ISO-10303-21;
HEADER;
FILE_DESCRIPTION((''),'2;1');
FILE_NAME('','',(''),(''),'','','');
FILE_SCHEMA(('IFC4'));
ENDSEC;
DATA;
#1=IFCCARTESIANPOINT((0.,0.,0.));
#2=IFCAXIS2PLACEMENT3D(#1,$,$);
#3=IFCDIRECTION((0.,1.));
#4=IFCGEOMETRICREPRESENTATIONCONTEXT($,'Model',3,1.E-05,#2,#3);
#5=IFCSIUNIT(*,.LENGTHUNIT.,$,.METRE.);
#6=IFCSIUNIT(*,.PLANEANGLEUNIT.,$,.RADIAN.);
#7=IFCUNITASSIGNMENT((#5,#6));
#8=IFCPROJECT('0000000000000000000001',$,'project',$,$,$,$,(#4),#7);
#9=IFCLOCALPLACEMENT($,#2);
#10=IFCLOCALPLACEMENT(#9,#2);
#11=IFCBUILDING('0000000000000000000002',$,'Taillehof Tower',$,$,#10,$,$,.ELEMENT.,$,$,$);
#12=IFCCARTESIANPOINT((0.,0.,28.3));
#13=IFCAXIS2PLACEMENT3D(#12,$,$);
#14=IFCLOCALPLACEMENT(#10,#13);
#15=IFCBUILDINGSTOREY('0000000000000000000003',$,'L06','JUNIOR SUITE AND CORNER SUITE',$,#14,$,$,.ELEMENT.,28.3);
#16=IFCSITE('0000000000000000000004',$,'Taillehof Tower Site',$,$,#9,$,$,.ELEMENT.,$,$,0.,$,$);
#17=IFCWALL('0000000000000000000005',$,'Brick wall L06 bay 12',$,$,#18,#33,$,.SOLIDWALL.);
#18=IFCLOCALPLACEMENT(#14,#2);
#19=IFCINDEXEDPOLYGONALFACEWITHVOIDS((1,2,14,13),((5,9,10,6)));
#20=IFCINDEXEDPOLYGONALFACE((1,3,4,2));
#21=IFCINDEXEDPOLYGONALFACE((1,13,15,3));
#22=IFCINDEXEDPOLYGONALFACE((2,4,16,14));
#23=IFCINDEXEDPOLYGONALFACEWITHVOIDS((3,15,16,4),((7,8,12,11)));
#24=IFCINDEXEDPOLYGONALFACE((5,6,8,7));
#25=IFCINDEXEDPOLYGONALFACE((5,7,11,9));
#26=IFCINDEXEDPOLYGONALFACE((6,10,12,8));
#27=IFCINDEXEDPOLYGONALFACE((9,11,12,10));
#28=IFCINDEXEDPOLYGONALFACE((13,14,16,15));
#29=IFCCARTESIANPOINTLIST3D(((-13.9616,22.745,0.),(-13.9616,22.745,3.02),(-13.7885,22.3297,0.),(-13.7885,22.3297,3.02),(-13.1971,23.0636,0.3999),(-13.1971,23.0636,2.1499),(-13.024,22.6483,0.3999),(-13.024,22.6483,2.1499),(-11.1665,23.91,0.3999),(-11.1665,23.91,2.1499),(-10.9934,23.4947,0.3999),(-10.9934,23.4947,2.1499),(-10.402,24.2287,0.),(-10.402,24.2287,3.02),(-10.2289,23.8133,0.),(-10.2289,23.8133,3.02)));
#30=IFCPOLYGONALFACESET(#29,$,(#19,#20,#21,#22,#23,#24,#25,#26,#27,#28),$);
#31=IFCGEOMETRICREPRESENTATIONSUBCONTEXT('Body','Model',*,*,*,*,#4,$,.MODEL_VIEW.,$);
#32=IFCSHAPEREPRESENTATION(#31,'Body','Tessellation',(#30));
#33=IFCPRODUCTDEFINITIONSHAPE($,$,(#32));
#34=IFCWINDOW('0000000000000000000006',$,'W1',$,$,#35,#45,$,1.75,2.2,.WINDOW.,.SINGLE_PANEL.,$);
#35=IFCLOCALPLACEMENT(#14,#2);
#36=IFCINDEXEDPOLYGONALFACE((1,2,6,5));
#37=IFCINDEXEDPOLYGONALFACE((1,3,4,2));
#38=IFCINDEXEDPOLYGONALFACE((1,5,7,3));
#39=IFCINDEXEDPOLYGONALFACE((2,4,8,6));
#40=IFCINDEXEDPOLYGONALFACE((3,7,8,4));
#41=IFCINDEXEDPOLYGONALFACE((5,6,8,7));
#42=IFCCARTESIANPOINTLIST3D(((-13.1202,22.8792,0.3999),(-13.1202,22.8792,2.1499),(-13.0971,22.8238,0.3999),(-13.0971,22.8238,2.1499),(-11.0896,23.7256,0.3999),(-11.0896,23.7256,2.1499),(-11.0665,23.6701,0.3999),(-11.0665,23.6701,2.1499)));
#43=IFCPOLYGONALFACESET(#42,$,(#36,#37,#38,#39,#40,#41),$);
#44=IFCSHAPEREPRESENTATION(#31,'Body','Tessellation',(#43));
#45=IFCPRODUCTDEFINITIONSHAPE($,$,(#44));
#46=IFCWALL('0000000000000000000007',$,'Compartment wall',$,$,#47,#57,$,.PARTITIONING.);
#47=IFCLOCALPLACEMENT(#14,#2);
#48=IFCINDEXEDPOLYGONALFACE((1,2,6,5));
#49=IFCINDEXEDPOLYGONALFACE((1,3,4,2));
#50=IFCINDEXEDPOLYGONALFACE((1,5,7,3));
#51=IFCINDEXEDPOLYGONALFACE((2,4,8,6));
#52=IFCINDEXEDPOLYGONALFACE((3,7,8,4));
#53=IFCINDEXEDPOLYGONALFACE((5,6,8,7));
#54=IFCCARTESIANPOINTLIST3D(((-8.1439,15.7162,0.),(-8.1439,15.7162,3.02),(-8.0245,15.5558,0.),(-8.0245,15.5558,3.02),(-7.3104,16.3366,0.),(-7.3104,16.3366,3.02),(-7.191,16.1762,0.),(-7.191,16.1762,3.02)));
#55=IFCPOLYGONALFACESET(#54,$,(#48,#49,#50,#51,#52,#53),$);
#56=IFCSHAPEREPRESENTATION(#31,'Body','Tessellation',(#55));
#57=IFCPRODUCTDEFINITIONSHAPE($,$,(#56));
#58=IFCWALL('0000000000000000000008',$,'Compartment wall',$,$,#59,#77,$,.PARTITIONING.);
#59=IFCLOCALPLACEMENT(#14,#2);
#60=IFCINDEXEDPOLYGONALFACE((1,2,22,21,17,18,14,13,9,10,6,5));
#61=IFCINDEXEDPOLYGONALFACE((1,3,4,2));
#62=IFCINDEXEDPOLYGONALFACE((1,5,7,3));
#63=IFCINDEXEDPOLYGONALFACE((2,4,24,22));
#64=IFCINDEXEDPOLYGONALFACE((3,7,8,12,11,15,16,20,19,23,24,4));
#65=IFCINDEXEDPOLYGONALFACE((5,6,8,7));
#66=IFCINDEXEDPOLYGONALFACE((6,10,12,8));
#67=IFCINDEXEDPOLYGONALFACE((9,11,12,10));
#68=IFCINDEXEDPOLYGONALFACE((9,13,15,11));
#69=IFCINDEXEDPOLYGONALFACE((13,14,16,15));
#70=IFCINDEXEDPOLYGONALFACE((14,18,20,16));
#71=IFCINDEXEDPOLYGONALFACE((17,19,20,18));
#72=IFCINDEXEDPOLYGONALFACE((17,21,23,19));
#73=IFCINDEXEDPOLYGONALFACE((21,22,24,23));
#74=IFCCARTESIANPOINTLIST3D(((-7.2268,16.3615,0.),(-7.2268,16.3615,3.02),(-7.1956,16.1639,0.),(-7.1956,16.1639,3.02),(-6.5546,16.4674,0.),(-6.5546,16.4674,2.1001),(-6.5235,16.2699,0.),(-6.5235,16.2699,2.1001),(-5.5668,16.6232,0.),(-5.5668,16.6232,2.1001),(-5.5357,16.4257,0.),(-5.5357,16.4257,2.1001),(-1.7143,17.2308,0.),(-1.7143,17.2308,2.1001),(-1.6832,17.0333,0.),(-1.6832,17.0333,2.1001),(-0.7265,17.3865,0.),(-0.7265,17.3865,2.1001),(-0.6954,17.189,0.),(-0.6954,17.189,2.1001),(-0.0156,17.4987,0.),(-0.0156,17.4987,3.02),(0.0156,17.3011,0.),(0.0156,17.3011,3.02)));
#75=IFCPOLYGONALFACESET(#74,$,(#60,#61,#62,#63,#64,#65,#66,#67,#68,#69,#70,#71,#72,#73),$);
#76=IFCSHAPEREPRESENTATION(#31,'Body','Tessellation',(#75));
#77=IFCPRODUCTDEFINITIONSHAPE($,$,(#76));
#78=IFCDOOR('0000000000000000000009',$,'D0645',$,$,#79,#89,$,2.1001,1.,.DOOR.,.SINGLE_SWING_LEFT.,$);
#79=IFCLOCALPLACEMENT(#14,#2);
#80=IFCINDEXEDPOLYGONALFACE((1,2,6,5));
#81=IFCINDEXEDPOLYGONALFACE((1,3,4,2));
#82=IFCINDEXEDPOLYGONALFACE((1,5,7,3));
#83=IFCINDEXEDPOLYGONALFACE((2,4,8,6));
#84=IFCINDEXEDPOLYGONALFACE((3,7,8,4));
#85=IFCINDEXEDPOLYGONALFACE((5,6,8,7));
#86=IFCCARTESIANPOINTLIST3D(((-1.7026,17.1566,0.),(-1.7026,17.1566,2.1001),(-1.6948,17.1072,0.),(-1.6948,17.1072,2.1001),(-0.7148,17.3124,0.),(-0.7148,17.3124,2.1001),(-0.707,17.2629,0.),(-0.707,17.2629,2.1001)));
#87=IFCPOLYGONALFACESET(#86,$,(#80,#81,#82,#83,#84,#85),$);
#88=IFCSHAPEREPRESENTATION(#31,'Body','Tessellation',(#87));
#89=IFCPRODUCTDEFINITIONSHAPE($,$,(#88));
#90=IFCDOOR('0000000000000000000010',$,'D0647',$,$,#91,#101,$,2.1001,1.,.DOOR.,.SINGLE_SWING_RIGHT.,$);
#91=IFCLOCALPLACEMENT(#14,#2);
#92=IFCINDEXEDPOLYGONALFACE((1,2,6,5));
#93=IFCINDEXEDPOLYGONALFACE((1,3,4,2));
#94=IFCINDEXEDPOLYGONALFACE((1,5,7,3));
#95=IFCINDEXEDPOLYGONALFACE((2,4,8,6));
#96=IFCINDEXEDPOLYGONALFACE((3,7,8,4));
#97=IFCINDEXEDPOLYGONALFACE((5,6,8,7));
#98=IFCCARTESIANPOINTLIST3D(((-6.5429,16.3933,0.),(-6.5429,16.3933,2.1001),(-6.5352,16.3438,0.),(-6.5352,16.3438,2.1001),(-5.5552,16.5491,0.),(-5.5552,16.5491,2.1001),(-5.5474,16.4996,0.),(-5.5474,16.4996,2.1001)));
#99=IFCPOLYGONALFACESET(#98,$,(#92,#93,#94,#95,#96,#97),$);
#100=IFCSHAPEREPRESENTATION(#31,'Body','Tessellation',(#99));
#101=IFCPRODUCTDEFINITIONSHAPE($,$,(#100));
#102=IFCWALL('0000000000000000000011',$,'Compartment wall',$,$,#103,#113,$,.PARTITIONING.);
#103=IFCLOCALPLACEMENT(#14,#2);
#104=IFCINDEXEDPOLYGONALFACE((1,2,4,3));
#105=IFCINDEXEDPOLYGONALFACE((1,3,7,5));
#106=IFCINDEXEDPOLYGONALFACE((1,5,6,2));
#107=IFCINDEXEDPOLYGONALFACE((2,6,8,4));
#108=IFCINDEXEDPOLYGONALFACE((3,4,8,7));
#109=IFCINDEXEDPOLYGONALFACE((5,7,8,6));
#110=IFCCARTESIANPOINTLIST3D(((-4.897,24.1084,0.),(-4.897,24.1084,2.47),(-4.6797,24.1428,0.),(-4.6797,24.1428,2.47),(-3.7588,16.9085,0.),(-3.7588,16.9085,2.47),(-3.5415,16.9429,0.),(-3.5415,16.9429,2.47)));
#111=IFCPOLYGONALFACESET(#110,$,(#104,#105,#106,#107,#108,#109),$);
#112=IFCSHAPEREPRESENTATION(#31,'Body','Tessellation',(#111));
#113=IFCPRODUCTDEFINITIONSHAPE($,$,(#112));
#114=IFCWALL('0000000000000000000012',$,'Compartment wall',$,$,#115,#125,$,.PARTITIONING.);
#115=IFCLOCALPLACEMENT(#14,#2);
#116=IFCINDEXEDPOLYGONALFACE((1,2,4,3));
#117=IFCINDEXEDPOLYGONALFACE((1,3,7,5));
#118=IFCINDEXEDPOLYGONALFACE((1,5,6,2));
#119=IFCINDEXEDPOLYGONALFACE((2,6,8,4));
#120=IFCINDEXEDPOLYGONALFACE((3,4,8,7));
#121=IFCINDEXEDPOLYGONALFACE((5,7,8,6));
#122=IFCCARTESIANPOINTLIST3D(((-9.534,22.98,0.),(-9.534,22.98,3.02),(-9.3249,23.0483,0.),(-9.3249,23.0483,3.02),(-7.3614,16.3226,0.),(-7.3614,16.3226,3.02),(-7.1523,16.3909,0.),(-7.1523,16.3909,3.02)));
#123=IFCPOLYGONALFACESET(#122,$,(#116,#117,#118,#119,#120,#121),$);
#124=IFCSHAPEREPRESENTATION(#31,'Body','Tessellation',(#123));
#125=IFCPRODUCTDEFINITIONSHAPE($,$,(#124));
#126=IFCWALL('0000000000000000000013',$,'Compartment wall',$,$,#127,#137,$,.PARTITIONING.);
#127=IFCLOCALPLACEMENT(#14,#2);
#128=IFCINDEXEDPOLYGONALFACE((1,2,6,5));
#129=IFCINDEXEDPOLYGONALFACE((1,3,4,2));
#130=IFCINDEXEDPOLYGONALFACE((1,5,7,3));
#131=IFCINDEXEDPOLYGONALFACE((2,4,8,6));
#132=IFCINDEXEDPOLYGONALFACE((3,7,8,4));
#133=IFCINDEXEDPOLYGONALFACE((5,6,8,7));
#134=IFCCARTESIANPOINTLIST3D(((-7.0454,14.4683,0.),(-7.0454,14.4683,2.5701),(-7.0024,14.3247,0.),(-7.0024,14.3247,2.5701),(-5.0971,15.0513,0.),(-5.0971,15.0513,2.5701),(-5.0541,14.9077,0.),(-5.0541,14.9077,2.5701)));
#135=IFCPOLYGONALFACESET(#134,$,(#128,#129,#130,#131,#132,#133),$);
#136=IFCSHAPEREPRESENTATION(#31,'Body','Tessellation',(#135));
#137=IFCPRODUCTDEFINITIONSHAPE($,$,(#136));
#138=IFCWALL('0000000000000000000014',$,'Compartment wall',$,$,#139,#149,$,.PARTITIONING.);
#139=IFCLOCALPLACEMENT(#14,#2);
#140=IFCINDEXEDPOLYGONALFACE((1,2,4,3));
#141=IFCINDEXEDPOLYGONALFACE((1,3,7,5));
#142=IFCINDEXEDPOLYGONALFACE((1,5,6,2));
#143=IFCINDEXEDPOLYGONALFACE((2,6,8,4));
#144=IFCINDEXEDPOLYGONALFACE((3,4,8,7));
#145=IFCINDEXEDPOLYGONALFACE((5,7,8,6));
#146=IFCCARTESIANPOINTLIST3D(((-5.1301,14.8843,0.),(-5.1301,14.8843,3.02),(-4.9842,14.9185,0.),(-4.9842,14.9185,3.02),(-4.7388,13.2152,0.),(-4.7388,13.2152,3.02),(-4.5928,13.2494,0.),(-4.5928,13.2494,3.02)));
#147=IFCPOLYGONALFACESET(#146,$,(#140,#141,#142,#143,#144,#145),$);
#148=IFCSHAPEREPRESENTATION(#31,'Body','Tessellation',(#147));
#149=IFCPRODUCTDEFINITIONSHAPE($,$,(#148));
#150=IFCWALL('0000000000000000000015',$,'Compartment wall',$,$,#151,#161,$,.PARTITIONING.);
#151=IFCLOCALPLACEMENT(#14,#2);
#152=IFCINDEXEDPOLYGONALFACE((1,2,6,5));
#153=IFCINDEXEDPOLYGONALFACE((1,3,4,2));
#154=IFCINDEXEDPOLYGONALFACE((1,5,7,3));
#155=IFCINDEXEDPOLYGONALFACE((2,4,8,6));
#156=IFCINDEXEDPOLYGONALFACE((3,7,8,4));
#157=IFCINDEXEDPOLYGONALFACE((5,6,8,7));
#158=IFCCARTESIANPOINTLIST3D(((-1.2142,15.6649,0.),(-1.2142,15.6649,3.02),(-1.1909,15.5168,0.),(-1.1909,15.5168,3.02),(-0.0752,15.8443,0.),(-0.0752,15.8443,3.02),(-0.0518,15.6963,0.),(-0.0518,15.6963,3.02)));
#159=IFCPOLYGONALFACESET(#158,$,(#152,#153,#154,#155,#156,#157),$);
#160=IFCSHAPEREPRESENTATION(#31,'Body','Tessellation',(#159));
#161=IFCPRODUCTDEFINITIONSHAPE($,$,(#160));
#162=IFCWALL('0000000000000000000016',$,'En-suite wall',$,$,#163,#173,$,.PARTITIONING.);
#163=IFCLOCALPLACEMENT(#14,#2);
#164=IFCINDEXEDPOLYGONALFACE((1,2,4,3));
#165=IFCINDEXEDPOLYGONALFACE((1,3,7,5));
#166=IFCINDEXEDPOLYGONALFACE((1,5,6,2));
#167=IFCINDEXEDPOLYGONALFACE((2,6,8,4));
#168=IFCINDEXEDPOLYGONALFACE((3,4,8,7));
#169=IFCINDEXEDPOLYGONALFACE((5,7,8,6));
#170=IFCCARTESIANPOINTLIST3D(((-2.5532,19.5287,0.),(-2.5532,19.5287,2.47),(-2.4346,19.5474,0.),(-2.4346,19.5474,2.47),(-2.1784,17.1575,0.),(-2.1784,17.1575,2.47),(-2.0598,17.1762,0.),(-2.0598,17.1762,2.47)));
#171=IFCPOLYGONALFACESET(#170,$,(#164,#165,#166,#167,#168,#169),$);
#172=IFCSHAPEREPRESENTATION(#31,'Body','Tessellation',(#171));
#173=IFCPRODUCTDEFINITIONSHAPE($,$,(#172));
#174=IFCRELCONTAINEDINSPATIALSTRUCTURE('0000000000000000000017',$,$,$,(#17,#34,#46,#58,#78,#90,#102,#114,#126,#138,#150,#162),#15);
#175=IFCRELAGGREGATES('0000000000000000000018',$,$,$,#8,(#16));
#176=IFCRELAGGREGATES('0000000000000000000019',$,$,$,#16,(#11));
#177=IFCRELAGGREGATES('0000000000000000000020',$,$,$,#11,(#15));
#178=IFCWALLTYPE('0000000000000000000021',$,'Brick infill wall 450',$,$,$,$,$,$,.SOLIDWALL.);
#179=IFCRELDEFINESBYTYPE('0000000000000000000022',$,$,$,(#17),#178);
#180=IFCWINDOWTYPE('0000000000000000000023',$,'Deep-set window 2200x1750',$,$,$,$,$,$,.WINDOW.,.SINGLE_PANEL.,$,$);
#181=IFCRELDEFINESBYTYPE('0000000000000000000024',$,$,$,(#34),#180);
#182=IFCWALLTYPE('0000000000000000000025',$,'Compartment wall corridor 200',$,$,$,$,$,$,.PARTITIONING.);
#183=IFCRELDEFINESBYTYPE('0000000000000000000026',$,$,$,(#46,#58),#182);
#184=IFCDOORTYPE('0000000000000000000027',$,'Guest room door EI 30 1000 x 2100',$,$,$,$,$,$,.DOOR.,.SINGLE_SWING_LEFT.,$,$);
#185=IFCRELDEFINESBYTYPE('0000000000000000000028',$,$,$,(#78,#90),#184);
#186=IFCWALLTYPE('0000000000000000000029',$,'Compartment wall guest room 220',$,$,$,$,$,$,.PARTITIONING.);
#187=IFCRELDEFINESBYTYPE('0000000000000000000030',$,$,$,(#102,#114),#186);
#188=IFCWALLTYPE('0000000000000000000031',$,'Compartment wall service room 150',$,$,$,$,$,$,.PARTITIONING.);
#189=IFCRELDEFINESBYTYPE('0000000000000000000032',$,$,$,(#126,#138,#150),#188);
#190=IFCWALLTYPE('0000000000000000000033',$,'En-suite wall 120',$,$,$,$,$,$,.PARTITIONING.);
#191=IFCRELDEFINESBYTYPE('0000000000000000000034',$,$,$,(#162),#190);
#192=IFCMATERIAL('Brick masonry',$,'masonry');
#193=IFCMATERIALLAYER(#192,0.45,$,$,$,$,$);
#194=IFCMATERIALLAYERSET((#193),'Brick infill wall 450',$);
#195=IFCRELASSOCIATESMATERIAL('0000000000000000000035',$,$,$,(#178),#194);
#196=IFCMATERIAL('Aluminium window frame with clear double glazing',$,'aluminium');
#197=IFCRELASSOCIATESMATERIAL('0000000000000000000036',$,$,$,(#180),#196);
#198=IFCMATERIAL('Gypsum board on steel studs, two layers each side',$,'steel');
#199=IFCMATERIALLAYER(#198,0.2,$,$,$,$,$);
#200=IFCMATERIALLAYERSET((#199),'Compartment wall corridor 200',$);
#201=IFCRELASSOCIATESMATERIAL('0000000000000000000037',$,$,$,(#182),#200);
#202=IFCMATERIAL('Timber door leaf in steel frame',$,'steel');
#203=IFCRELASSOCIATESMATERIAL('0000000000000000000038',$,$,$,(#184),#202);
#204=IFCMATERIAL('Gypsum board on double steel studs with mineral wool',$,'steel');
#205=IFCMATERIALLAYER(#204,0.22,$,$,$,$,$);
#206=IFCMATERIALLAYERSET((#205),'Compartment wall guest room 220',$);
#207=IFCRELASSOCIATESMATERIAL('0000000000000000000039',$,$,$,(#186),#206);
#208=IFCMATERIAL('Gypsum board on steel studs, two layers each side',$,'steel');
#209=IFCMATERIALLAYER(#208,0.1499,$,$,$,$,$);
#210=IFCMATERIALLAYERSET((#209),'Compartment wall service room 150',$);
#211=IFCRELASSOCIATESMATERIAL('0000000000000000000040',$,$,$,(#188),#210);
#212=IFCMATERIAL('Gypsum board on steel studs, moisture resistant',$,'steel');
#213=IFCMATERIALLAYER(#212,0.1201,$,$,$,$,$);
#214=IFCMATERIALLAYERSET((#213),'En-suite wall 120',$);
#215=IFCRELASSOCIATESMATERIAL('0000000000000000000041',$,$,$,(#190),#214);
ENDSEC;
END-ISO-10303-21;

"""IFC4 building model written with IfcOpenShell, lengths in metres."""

from ifc_helpers import new_model, si_unit, direction, frame, frame_2d, origin, place, context, subcontext, project, spatial, rectangle, extrude, material, layer, layer_set, type_object, element, fill, save


model = new_model("IFC4")

# Units and contexts
model_context = context("Model", 3, precision=1e-05, world=origin(), true_north=direction((0.0, 1.0)))
body_context = subcontext(model_context, "Body", "Model", "MODEL_VIEW")
ifc_project = project(units=[si_unit("LENGTHUNIT", "METRE"), si_unit("PLANEANGLEUNIT", "RADIAN")], contexts=[model_context])

# Site, building, storey
site_placement = place(None, origin())
site = spatial("IfcSite", under=ifc_project, at=site_placement, Name="Taillehof Tower Site", CompositionType="ELEMENT", RefElevation=0.0)
building_placement = place(site_placement, origin())
building = spatial("IfcBuilding", under=site, at=building_placement, Name="Taillehof Tower", CompositionType="ELEMENT")
storey_placement = place(building_placement, frame((0.0, 0.0, 28.3)))
storey = spatial("IfcBuildingStorey", under=building, at=storey_placement, Name="L06", Description="JUNIOR SUITE AND CORNER SUITE", CompositionType="ELEMENT", Elevation=28.3)

# Wall, opening, window
ifc_material_1 = material(Name="Brick masonry", Category="masonry")
ifc_layer_1 = layer(ifc_material_1, 0.45)
ifc_layer_set_1 = layer_set([ifc_layer_1], Name="Brick infill wall 450")
wall_type_1 = type_object("IfcWallType", Name="Brick infill wall 450", PredefinedType="SOLIDWALL", material=ifc_layer_set_1)
ifc_material_2 = material(Name="Aluminium window frame with clear double glazing", Category="aluminium")
window_type = type_object("IfcWindowType", Name="Deep-set window 2200x1750", PartitioningType="SINGLE_PANEL", PredefinedType="WINDOW", material=ifc_material_2)
wall_1_placement = place(storey_placement, frame((-10.3154, 24.021, 0.0), z_axis=(0.0, 0.0, 1.0), x_axis=(-0.923032, -0.384723, 0.0)))
wall_1 = element("IfcWall", 1, at=wall_1_placement, inside=storey, type_object=wall_type_1, Name="Brick wall L06 bay 12", PredefinedType="SOLIDWALL", context=body_context, shape_type="SweptSolid", body=[
    extrude(rectangle(XDim=3.8564, YDim=0.45, at=frame_2d((1.9282, 0.0))), origin(), (0.0, 0.0, 1.0), 3.02),
])
opening_1_placement = place(wall_1_placement, frame((0.8281, 0.0, 0.3999)))
opening_1 = element("IfcOpeningElement", 2, at=opening_1_placement, cuts=wall_1, PredefinedType="OPENING", context=body_context, shape_type="SweptSolid", body=[
    extrude(rectangle(XDim=2.2, YDim=1.75, at=frame_2d((1.1001, 0.875))), frame((0.0, 0.2349, 0.0), z_axis=(0.0, -1.0, 0.0), x_axis=(1.0, 0.0, 0.0)), (0.0, 0.0, 1.0), 0.47),
])
window_1_placement = place(opening_1_placement, origin())
window_1 = element("IfcWindow", 3, at=window_1_placement, inside=storey, type_object=window_type, Name="W1", OverallHeight=1.75, OverallWidth=2.2, PartitioningType="SINGLE_PANEL", PredefinedType="WINDOW", context=body_context, shape_type="SweptSolid", body=[
    extrude(rectangle(XDim=2.2, YDim=1.75, at=frame_2d((1.1001, 0.875))), frame((0.0, 0.0349, 0.0), z_axis=(0.0, -1.0, 0.0), x_axis=(1.0, 0.0, 0.0)), (0.0, 0.0, 1.0), 0.0601),
])
fill(opening_1, window_1)

# Wall
ifc_material_3 = material(Name="Gypsum board on steel studs, two layers each side", Category="steel")
ifc_layer_2 = layer(ifc_material_3, 0.2)
ifc_layer_set_2 = layer_set([ifc_layer_2], Name="Compartment wall corridor 200")
wall_type_2 = type_object("IfcWallType", Name="Compartment wall corridor 200", PredefinedType="PARTITIONING", material=ifc_layer_set_2)
wall_2_placement = place(storey_placement, frame((-8.0842, 15.636, 0.0), z_axis=(0.0, 0.0, 1.0), x_axis=(0.802194, 0.597064, 0.0)))
element("IfcWall", 4, at=wall_2_placement, inside=storey, type_object=wall_type_2, Name="Compartment wall", PredefinedType="PARTITIONING", context=body_context, shape_type="SweptSolid", body=[
    extrude(rectangle(XDim=1.0391, YDim=0.2, at=frame_2d((0.5195, 0.0))), origin(), (0.0, 0.0, 1.0), 3.02),
])

# Wall, openings, doors
wall_3_placement = place(storey_placement, frame((-7.2112, 16.2627, 0.0), z_axis=(0.0, 0.0, 1.0), x_axis=(0.987793, 0.155775, 0.0)))
wall_3 = element("IfcWall", 5, at=wall_3_placement, inside=storey, type_object=wall_type_2, Name="Compartment wall", PredefinedType="PARTITIONING", context=body_context, shape_type="SweptSolid", body=[
    extrude(rectangle(XDim=7.3003, YDim=0.2, at=frame_2d((3.6501, 0.0))), origin(), (0.0, 0.0, 1.0), 3.02),
])
opening_2_placement = place(wall_3_placement, frame((5.5806, 0.0, 0.0)))
opening_2 = element("IfcOpeningElement", 6, at=opening_2_placement, cuts=wall_3, PredefinedType="OPENING", context=body_context, shape_type="SweptSolid", body=[
    extrude(rectangle(XDim=1.0, YDim=2.1001, at=frame_2d((0.5, 1.05))), frame((0.0, 0.1099, 0.0), z_axis=(0.0, -1.0, 0.0), x_axis=(1.0, 0.0, 0.0)), (0.0, 0.0, 1.0), 0.22),
])
opening_3_placement = place(wall_3_placement, frame((0.6804, 0.0, 0.0)))
opening_3 = element("IfcOpeningElement", 7, at=opening_3_placement, cuts=wall_3, PredefinedType="OPENING", context=body_context, shape_type="SweptSolid", body=[
    extrude(rectangle(XDim=1.0, YDim=2.1001, at=frame_2d((0.5, 1.05))), frame((0.0, 0.1099, 0.0), z_axis=(0.0, -1.0, 0.0), x_axis=(1.0, 0.0, 0.0)), (0.0, 0.0, 1.0), 0.22),
])
ifc_material_4 = material(Name="Timber door leaf in steel frame", Category="steel")
door_type_1 = type_object("IfcDoorType", Name="Guest room door EI 30 1000 x 2100", OperationType="SINGLE_SWING_LEFT", PredefinedType="DOOR", material=ifc_material_4)
door_1_placement = place(opening_2_placement, origin())
door_1 = element("IfcDoor", 8, at=door_1_placement, inside=storey, type_object=door_type_1, Name="D0645", OperationType="SINGLE_SWING_LEFT", OverallHeight=2.1001, OverallWidth=1.0, PredefinedType="DOOR", context=body_context, shape_type="SweptSolid", body=[
    extrude(rectangle(XDim=1.0, YDim=2.1001, at=frame_2d((0.5, 1.05))), frame((0.0, 0.0249, 0.0), z_axis=(0.0, -1.0, 0.0), x_axis=(1.0, 0.0, 0.0)), (0.0, 0.0, 1.0), 0.05),
])
fill(opening_2, door_1)
door_2_placement = place(opening_3_placement, origin())
door_2 = element("IfcDoor", 9, at=door_2_placement, inside=storey, type_object=door_type_1, Name="D0647", OperationType="SINGLE_SWING_RIGHT", OverallHeight=2.1001, OverallWidth=1.0, PredefinedType="DOOR", context=body_context, shape_type="SweptSolid", body=[
    extrude(rectangle(XDim=1.0, YDim=2.1001, at=frame_2d((0.5, 1.05))), frame((0.0, 0.0249, 0.0), z_axis=(0.0, -1.0, 0.0), x_axis=(1.0, 0.0, 0.0)), (0.0, 0.0, 1.0), 0.05),
])
fill(opening_3, door_2)

# Walls
ifc_material_5 = material(Name="Gypsum board on double steel studs with mineral wool", Category="steel")
ifc_layer_3 = layer(ifc_material_5, 0.22)
ifc_layer_set_3 = layer_set([ifc_layer_3], Name="Compartment wall guest room 220")
wall_type_3 = type_object("IfcWallType", Name="Compartment wall guest room 220", PredefinedType="PARTITIONING", material=ifc_layer_set_3)
wall_4_placement = place(storey_placement, frame((-4.7883, 24.1255, 0.0), z_axis=(0.0, 0.0, 1.0), x_axis=(0.156143, -0.987734, 0.0)))
element("IfcWall", 10, at=wall_4_placement, inside=storey, type_object=wall_type_3, Name="Compartment wall", PredefinedType="PARTITIONING", context=body_context, shape_type="SweptSolid", body=[
    extrude(rectangle(XDim=7.2893, YDim=0.22, at=frame_2d((3.6445, 0.0))), origin(), (0.0, 0.0, 1.0), 2.47),
])
wall_5_placement = place(storey_placement, frame((-9.4294, 23.0142, 0.0), z_axis=(0.0, 0.0, 1.0), x_axis=(0.310239, -0.950659, 0.0)))
element("IfcWall", 11, at=wall_5_placement, inside=storey, type_object=wall_type_3, Name="Compartment wall", PredefinedType="PARTITIONING", context=body_context, shape_type="SweptSolid", body=[
    extrude(rectangle(XDim=7.0029, YDim=0.22, at=frame_2d((3.5015, 0.0))), origin(), (0.0, 0.0, 1.0), 3.02),
])
ifc_material_6 = material(Name="Gypsum board on steel studs, two layers each side", Category="steel")
ifc_layer_4 = layer(ifc_material_6, 0.1499)
ifc_layer_set_4 = layer_set([ifc_layer_4], Name="Compartment wall service room 150")
wall_type_4 = type_object("IfcWallType", Name="Compartment wall service room 150", PredefinedType="PARTITIONING", material=ifc_layer_set_4)
wall_6_placement = place(storey_placement, frame((-7.0239, 14.3965, 0.0), z_axis=(0.0, 0.0, 1.0), x_axis=(0.958024, 0.286687, 0.0)))
element("IfcWall", 12, at=wall_6_placement, inside=storey, type_object=wall_type_4, Name="Compartment wall", PredefinedType="PARTITIONING", context=body_context, shape_type="SweptSolid", body=[
    extrude(rectangle(XDim=2.0337, YDim=0.1499, at=frame_2d((1.0168, 0.0))), origin(), (0.0, 0.0, 1.0), 2.5701),
])
wall_7_placement = place(storey_placement, frame((-5.0571, 14.9014, 0.0), z_axis=(0.0, 0.0, 1.0), x_axis=(0.228269, -0.973598, 0.0)))
element("IfcWall", 13, at=wall_7_placement, inside=storey, type_object=wall_type_4, Name="Compartment wall", PredefinedType="PARTITIONING", context=body_context, shape_type="SweptSolid", body=[
    extrude(rectangle(XDim=1.7144, YDim=0.1499, at=frame_2d((0.8572, 0.0))), origin(), (0.0, 0.0, 1.0), 3.02),
])
wall_8_placement = place(storey_placement, frame((-1.2026, 15.5908, 0.0), z_axis=(0.0, 0.0, 1.0), x_axis=(0.987814, 0.155636, 0.0)))
element("IfcWall", 14, at=wall_8_placement, inside=storey, type_object=wall_type_4, Name="Compartment wall", PredefinedType="PARTITIONING", context=body_context, shape_type="SweptSolid", body=[
    extrude(rectangle(XDim=1.1531, YDim=0.1499, at=frame_2d((0.5767, 0.0))), origin(), (0.0, 0.0, 1.0), 3.02),
])
ifc_material_7 = material(Name="Gypsum board on steel studs, moisture resistant", Category="steel")
ifc_layer_5 = layer(ifc_material_7, 0.1201)
ifc_layer_set_5 = layer_set([ifc_layer_5], Name="En-suite wall 120")
wall_type_5 = type_object("IfcWallType", Name="En-suite wall 120", PredefinedType="PARTITIONING", material=ifc_layer_set_5)
wall_9_placement = place(storey_placement, frame((-2.1191, 17.167, 0.0), z_axis=(0.0, 0.0, 1.0), x_axis=(-0.156114, 0.987739, 0.0)))
element("IfcWall", 15, at=wall_9_placement, inside=storey, type_object=wall_type_5, Name="En-suite wall", PredefinedType="PARTITIONING", context=body_context, shape_type="SweptSolid", body=[
    extrude(rectangle(XDim=2.4006, YDim=0.1201, at=frame_2d((1.2002, 0.0))), origin(), (0.0, 0.0, 1.0), 2.47),
])

save(model, "model.ifc")
